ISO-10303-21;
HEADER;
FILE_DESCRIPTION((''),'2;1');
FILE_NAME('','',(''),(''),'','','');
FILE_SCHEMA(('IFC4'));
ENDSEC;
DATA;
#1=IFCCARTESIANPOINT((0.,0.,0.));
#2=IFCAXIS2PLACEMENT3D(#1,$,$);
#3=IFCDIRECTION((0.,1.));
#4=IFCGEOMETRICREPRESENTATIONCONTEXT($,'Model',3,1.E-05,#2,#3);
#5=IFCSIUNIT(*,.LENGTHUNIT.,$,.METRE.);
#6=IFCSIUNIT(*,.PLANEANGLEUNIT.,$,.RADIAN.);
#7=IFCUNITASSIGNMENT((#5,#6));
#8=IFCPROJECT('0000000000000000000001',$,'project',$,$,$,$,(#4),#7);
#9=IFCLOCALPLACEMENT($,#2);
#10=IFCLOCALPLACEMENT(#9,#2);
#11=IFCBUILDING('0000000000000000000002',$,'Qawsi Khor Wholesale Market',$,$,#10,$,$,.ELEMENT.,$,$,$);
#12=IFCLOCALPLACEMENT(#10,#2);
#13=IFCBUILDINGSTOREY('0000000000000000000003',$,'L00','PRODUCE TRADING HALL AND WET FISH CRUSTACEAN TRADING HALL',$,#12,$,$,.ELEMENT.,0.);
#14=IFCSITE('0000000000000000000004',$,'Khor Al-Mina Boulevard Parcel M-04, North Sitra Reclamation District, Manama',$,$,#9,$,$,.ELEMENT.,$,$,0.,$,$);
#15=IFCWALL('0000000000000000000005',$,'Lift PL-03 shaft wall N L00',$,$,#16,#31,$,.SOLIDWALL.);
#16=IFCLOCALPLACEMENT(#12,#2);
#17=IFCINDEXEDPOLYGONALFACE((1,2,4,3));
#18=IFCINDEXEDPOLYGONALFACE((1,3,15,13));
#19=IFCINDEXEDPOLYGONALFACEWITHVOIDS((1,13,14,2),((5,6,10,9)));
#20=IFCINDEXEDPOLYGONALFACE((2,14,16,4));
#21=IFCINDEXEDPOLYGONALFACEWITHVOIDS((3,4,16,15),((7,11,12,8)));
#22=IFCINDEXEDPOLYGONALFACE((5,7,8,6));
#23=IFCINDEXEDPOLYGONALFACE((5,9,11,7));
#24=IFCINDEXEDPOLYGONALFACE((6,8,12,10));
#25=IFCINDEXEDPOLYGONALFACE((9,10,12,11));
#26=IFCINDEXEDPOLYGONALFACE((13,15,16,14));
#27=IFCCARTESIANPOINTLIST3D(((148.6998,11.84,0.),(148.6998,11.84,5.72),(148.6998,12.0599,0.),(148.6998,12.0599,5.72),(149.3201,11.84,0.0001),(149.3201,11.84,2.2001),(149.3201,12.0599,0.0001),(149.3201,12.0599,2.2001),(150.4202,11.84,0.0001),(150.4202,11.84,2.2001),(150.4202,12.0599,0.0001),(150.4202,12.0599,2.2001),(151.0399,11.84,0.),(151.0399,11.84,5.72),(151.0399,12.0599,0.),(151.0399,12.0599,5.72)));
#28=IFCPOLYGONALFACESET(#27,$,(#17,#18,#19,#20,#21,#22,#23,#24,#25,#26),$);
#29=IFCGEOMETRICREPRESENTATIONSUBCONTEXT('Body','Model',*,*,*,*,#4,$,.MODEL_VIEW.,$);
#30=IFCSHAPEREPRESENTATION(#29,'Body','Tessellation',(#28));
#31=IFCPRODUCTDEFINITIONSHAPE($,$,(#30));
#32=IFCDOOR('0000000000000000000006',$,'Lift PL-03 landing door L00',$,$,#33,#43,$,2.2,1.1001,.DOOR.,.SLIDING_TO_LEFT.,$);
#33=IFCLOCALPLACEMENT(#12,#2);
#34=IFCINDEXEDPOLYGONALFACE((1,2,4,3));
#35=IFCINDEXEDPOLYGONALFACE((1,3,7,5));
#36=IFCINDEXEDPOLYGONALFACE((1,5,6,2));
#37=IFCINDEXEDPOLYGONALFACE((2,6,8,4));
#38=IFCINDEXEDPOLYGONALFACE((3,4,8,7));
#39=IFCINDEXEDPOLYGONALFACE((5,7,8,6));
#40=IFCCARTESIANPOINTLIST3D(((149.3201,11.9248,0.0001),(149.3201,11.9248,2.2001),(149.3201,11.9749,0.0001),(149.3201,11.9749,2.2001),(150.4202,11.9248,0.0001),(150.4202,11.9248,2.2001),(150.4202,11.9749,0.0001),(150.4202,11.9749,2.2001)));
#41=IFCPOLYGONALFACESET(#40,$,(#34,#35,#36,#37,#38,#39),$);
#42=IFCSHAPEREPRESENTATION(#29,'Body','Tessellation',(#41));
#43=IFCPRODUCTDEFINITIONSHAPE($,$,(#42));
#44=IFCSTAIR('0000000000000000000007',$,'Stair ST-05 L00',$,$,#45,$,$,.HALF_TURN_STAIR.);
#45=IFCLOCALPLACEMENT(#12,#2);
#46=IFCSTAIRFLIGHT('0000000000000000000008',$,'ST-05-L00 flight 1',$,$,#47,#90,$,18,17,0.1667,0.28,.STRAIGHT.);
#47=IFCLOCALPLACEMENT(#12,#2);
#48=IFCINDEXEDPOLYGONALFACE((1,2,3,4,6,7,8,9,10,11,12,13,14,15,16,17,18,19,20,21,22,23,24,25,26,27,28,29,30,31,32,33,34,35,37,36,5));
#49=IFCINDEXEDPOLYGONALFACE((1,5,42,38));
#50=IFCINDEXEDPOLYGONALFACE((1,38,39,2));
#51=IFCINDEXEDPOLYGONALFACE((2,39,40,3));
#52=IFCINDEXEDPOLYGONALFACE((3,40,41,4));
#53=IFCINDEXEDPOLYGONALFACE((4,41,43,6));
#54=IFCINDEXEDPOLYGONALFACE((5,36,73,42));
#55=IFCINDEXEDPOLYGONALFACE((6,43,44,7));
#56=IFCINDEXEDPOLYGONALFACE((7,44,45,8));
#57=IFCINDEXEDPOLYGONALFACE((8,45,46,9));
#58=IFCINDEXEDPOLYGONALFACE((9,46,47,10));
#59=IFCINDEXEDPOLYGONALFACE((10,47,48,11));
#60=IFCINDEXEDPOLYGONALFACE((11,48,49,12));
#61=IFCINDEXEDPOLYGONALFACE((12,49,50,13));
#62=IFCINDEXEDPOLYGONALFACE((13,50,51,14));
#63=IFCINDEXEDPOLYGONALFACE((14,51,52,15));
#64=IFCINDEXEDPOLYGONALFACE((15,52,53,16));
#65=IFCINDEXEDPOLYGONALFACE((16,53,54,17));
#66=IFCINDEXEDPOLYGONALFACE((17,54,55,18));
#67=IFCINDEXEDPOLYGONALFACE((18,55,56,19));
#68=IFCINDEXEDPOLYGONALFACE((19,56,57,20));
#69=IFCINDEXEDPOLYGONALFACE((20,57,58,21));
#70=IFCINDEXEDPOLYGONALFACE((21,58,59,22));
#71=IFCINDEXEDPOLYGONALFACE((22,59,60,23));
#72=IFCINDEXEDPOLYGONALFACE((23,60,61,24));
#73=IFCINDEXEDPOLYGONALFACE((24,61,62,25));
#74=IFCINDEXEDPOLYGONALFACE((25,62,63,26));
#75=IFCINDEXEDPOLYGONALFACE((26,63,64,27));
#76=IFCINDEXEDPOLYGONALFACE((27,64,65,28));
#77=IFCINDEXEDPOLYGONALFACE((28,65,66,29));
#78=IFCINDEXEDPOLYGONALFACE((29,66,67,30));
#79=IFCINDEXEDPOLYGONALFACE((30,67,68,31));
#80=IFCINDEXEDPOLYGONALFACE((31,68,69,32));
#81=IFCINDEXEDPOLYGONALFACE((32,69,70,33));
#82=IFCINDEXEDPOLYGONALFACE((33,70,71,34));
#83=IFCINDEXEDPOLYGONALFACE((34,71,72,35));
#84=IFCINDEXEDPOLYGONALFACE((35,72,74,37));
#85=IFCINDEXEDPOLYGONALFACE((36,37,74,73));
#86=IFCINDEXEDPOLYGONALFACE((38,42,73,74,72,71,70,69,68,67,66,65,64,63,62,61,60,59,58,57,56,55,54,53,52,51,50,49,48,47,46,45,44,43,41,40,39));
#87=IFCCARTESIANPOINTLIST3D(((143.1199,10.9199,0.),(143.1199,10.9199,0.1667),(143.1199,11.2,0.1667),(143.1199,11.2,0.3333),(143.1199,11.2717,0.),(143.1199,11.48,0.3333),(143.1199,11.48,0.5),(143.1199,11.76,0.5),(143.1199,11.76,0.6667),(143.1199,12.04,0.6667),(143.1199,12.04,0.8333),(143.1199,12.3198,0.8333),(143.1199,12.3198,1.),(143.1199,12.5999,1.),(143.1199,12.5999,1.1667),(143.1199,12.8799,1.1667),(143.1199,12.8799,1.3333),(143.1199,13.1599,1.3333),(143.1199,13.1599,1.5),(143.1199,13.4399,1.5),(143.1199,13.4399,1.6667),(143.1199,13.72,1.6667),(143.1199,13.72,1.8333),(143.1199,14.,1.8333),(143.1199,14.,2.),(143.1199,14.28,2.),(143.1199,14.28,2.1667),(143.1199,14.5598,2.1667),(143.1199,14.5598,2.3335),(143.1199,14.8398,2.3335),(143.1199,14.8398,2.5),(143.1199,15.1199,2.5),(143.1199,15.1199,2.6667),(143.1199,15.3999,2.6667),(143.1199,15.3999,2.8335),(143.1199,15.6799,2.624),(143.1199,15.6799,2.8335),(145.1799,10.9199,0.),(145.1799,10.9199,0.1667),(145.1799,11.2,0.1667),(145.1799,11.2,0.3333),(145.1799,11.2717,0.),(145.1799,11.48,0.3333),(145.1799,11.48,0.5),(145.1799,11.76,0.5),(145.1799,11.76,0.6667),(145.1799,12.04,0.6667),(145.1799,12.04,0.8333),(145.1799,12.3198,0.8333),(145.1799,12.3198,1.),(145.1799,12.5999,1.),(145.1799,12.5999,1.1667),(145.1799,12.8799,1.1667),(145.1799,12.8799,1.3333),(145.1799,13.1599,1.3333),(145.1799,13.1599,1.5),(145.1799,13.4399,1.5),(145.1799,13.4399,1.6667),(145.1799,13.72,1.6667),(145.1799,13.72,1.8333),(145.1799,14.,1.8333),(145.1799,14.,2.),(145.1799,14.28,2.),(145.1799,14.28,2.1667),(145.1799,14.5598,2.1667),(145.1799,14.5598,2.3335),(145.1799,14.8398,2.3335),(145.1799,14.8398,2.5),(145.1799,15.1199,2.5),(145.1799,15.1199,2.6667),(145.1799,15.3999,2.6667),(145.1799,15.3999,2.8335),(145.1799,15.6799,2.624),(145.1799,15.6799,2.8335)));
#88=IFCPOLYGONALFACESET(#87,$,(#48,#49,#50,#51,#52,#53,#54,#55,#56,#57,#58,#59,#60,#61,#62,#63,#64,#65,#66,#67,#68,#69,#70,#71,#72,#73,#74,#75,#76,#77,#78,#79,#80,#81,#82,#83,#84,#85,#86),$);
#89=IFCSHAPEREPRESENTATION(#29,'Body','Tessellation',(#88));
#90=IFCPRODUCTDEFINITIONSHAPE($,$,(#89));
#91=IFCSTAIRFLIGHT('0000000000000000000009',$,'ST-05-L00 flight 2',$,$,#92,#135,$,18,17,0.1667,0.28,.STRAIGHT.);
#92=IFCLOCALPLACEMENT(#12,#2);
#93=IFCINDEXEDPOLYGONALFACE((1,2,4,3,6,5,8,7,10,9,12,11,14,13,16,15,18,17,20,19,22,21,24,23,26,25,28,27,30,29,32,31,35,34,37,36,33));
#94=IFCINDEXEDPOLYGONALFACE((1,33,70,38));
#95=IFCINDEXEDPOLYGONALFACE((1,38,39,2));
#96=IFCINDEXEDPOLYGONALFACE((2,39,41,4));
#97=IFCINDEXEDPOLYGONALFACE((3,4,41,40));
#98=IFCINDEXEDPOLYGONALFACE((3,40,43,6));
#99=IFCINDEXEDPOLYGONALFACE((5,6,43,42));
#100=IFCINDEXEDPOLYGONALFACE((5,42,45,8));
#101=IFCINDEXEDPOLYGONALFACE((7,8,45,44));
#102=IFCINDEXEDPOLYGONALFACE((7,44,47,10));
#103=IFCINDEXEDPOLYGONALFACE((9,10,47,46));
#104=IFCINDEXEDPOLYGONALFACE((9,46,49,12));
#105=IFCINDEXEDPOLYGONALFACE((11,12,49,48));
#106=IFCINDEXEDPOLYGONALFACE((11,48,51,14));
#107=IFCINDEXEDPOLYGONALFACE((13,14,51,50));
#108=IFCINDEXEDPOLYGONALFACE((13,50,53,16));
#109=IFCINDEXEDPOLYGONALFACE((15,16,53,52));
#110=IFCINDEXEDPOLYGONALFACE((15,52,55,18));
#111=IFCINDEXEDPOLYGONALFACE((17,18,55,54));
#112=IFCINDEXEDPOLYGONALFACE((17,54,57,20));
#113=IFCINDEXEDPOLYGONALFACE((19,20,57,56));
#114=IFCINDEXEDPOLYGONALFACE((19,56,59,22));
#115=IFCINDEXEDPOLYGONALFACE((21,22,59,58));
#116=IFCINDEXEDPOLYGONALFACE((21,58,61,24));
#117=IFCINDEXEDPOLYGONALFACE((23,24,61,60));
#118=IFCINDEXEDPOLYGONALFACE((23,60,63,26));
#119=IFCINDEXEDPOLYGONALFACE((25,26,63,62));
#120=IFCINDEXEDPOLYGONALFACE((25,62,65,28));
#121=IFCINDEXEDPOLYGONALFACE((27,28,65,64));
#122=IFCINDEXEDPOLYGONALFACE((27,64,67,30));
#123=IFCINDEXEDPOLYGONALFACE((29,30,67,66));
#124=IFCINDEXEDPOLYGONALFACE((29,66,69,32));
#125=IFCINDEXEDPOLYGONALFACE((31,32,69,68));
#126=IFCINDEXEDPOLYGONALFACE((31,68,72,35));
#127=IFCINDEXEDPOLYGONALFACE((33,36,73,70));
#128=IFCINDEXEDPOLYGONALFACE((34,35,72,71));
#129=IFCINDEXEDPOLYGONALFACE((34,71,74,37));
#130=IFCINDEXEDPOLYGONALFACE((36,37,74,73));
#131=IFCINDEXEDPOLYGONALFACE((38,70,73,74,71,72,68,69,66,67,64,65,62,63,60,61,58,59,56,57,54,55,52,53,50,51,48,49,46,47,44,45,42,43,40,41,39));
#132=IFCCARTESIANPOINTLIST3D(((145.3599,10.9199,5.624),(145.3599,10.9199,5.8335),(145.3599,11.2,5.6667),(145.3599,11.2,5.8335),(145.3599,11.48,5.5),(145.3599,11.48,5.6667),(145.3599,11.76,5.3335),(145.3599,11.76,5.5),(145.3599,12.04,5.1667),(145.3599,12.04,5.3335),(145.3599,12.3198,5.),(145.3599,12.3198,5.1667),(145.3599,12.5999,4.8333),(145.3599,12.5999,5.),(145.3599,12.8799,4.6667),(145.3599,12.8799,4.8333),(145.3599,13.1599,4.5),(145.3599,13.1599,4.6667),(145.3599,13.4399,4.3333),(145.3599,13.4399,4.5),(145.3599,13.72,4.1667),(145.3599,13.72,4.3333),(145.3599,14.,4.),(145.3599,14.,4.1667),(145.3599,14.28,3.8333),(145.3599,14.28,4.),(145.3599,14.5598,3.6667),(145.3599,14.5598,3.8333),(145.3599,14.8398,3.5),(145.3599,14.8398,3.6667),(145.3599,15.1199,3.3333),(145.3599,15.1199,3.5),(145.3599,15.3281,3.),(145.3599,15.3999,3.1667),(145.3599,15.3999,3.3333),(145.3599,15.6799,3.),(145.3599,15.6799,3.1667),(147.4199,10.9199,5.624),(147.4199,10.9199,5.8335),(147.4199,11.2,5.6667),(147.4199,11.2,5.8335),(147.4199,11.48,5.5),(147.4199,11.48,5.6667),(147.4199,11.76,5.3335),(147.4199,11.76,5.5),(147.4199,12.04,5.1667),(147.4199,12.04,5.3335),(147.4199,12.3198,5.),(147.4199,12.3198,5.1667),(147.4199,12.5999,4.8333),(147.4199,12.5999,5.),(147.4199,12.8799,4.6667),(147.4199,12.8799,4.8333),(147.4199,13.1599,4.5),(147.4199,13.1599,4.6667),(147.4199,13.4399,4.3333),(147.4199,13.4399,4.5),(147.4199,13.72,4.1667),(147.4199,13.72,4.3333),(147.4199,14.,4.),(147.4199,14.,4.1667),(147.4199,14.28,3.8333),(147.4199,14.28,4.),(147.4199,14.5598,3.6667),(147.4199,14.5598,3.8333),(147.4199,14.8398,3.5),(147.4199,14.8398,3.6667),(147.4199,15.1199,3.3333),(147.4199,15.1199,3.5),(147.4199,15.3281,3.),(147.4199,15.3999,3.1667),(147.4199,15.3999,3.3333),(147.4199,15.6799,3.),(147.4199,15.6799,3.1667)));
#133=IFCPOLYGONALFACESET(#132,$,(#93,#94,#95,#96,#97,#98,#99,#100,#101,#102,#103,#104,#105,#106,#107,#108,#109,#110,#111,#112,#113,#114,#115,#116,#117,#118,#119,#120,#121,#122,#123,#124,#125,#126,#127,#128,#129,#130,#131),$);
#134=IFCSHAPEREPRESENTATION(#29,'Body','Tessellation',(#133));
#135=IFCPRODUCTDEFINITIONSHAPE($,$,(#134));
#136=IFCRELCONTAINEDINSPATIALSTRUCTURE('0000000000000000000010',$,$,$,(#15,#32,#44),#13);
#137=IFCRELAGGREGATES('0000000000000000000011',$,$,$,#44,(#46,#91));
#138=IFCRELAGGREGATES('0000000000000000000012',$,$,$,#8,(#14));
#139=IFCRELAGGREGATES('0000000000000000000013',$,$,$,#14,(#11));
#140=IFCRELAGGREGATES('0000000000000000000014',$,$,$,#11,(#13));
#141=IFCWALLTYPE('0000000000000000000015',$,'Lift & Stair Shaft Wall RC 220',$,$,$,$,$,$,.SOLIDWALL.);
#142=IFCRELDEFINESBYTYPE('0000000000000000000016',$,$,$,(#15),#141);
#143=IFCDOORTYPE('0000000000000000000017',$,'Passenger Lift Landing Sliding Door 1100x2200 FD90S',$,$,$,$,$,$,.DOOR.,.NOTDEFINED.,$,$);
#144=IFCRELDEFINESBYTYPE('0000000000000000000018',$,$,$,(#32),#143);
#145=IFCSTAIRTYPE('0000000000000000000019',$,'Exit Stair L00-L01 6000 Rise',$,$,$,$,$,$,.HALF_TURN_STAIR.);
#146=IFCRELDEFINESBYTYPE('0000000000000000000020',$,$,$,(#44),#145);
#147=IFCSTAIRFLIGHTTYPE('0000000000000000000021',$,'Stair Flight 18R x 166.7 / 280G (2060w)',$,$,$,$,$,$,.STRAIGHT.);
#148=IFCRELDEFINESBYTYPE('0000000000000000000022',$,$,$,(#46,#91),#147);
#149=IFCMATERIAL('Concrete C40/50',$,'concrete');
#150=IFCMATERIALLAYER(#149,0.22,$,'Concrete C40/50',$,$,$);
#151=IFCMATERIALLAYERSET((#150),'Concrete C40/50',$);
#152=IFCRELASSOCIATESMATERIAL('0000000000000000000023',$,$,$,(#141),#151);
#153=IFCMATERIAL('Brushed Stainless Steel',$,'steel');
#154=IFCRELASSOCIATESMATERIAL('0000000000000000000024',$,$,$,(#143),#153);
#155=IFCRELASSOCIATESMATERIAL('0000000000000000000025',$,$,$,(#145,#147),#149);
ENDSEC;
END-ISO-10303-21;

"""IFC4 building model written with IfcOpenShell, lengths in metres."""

from ifc_helpers import new_model, si_unit, direction, frame, frame_2d, origin, place, context, subcontext, project, spatial, polyline, rectangle, outline, extrude, material, layer, layer_set, type_object, element, fill, aggregate, save


model = new_model("IFC4")

# Units and contexts
model_context = context("Model", 3, precision=1e-05, world=origin(), true_north=direction((0.0, 1.0)))
body_context = subcontext(model_context, "Body", "Model", "MODEL_VIEW")
ifc_project = project(units=[si_unit("LENGTHUNIT", "METRE"), si_unit("PLANEANGLEUNIT", "RADIAN")], contexts=[model_context])

# Site, building, storey
site_placement = place(None, origin())
site = spatial("IfcSite", under=ifc_project, at=site_placement, Name="Khor Al-Mina Boulevard Parcel M-04, North Sitra Reclamation District, Manama", CompositionType="ELEMENT", RefElevation=0.0)
building_placement = place(site_placement, origin())
building = spatial("IfcBuilding", under=site, at=building_placement, Name="Qawsi Khor Wholesale Market", CompositionType="ELEMENT")
storey_placement = place(building_placement, origin())
storey = spatial("IfcBuildingStorey", under=building, at=storey_placement, Name="L00", Description="PRODUCE TRADING HALL AND WET FISH CRUSTACEAN TRADING HALL", CompositionType="ELEMENT", Elevation=0.0)

# Shared definitions
ifc_material_1 = material(Name="Concrete C40/50", Category="concrete")

# Wall, opening, door
ifc_layer_1 = layer(ifc_material_1, 0.22, Name="Concrete C40/50")
ifc_layer_set_1 = layer_set([ifc_layer_1], Name="Concrete C40/50")
wall_type_1 = type_object("IfcWallType", Name="Lift & Stair Shaft Wall RC 220", PredefinedType="SOLIDWALL", material=ifc_layer_set_1)
wall_1_placement = place(storey_placement, frame((148.7, 11.95, 0.0), z_axis=(0.0, 0.0, 1.0), x_axis=(1.0, 0.0, 0.0)))
wall_1 = element("IfcWall", 1, at=wall_1_placement, inside=storey, type_object=wall_type_1, Name="Lift PL-03 shaft wall N L00", PredefinedType="SOLIDWALL", context=body_context, shape_type="SweptSolid", body=[
    extrude(rectangle(XDim=2.3401, YDim=0.22, at=frame_2d((1.1699, 0.0))), origin(), (0.0, 0.0, 1.0), 5.72),
])
opening_1_placement = place(wall_1_placement, frame((0.6201, 0.0, 0.0)))
opening_1 = element("IfcOpeningElement", 2, at=opening_1_placement, cuts=wall_1, PredefinedType="OPENING", context=body_context, shape_type="SweptSolid", body=[
    extrude(rectangle(XDim=1.1001, YDim=2.2, at=frame_2d((0.55, 1.1001))), frame((0.0, 0.1199, 0.0), z_axis=(0.0, -1.0, 0.0), x_axis=(1.0, 0.0, 0.0)), (0.0, 0.0, 1.0), 0.24),
])
ifc_material_2 = material(Name="Brushed Stainless Steel", Category="steel")
door_type_1 = type_object("IfcDoorType", Name="Passenger Lift Landing Sliding Door 1100x2200 FD90S", OperationType="NOTDEFINED", PredefinedType="DOOR", material=ifc_material_2)
door_1_placement = place(opening_1_placement, origin())
door_1 = element("IfcDoor", 3, at=door_1_placement, inside=storey, type_object=door_type_1, Name="Lift PL-03 landing door L00", OperationType="SLIDING_TO_LEFT", OverallHeight=2.2, OverallWidth=1.1001, PredefinedType="DOOR", context=body_context, shape_type="SweptSolid", body=[
    extrude(rectangle(XDim=1.1001, YDim=2.2, at=frame_2d((0.55, 1.1001))), frame((0.0, 0.0249, 0.0), z_axis=(0.0, -1.0, 0.0), x_axis=(1.0, 0.0, 0.0)), (0.0, 0.0, 1.0), 0.05),
])
fill(opening_1, door_1)

# Stair, stair flights
stair_type = type_object("IfcStairType", Name="Exit Stair L00-L01 6000 Rise", PredefinedType="HALF_TURN_STAIR", material=ifc_material_1)
stair_placement = place(storey_placement, origin())
stair = element("IfcStair", 4, at=stair_placement, inside=storey, type_object=stair_type, Name="Stair ST-05 L00", PredefinedType="HALF_TURN_STAIR")
stair_flight_type = type_object("IfcStairFlightType", Name="Stair Flight 18R x 166.7 / 280G (2060w)", PredefinedType="STRAIGHT", material=ifc_material_1)
stair_flight_1_placement = place(storey_placement, frame((144.1499, 10.9199, 0.0), z_axis=(0.0, 0.0, 1.0), x_axis=(0.0, 1.0, 0.0)))
stair_flight_1 = element("IfcStairFlight", 5, at=stair_flight_1_placement, type_object=stair_flight_type, Name="ST-05-L00 flight 1", NumberOfRisers=18, NumberOfTreads=17, PredefinedType="STRAIGHT", RiserHeight=0.1667, TreadLength=0.28, context=body_context, shape_type="SweptSolid", body=[
    extrude(outline(polyline([(0.0, 0.0), (0.0, 0.1667), (0.28, 0.1667), (0.28, 0.3333), (0.5601, 0.3333), (0.5601, 0.5), (0.8401, 0.5), (0.8401, 0.6667), (1.1201, 0.6667), (1.1201, 0.8333), (1.3999, 0.8333), (1.3999, 1.0), (1.6799, 1.0), (1.6799, 1.1667), (1.96, 1.1667), (1.96, 1.3333), (2.24, 1.3333), (2.24, 1.5), (2.52, 1.5), (2.52, 1.6667), (2.8, 1.6667), (2.8, 1.8333), (3.0801, 1.8333), (3.0801, 2.0), (3.3601, 2.0), (3.3601, 2.1667), (3.6399, 2.1667), (3.6399, 2.3335), (3.9199, 2.3335), (3.9199, 2.5), (4.2, 2.5), (4.2, 2.6667), (4.48, 2.6667), (4.48, 2.8335), (4.76, 2.8335), (4.76, 3.0), (4.76, 2.624), (0.3518, 0.0), (0.0, 0.0)])), frame((0.0, 1.03, 0.0), z_axis=(0.0, -1.0, 0.0), x_axis=(1.0, 0.0, 0.0)), (0.0, 0.0, 1.0), 2.0601),
])
stair_flight_2_placement = place(storey_placement, frame((146.3899, 15.6799, 3.0), z_axis=(0.0, 0.0, 1.0), x_axis=(0.0, -1.0, 0.0)))
stair_flight_2 = element("IfcStairFlight", 6, at=stair_flight_2_placement, type_object=stair_flight_type, Name="ST-05-L00 flight 2", NumberOfRisers=18, NumberOfTreads=17, PredefinedType="STRAIGHT", RiserHeight=0.1667, TreadLength=0.28, context=body_context, shape_type="SweptSolid", body=[
    extrude(outline(polyline([(0.0, 0.0), (0.0, 0.1667), (0.28, 0.1667), (0.28, 0.3333), (0.5601, 0.3333), (0.5601, 0.5), (0.8401, 0.5), (0.8401, 0.6667), (1.1201, 0.6667), (1.1201, 0.8333), (1.3999, 0.8333), (1.3999, 1.0), (1.6799, 1.0), (1.6799, 1.1667), (1.96, 1.1667), (1.96, 1.3333), (2.24, 1.3333), (2.24, 1.5), (2.52, 1.5), (2.52, 1.6667), (2.8, 1.6667), (2.8, 1.8333), (3.0801, 1.8333), (3.0801, 2.0), (3.3601, 2.0), (3.3601, 2.1667), (3.6399, 2.1667), (3.6399, 2.3335), (3.9199, 2.3335), (3.9199, 2.5), (4.2, 2.5), (4.2, 2.6667), (4.48, 2.6667), (4.48, 2.8335), (4.76, 2.8335), (4.76, 3.0), (4.76, 2.624), (0.3518, 0.0), (0.0, 0.0)])), frame((0.0, 1.03, 0.0), z_axis=(0.0, -1.0, 0.0), x_axis=(1.0, 0.0, 0.0)), (0.0, 0.0, 1.0), 2.0601),
])
aggregate(stair, [stair_flight_1, stair_flight_2])

save(model, "model.ifc")
